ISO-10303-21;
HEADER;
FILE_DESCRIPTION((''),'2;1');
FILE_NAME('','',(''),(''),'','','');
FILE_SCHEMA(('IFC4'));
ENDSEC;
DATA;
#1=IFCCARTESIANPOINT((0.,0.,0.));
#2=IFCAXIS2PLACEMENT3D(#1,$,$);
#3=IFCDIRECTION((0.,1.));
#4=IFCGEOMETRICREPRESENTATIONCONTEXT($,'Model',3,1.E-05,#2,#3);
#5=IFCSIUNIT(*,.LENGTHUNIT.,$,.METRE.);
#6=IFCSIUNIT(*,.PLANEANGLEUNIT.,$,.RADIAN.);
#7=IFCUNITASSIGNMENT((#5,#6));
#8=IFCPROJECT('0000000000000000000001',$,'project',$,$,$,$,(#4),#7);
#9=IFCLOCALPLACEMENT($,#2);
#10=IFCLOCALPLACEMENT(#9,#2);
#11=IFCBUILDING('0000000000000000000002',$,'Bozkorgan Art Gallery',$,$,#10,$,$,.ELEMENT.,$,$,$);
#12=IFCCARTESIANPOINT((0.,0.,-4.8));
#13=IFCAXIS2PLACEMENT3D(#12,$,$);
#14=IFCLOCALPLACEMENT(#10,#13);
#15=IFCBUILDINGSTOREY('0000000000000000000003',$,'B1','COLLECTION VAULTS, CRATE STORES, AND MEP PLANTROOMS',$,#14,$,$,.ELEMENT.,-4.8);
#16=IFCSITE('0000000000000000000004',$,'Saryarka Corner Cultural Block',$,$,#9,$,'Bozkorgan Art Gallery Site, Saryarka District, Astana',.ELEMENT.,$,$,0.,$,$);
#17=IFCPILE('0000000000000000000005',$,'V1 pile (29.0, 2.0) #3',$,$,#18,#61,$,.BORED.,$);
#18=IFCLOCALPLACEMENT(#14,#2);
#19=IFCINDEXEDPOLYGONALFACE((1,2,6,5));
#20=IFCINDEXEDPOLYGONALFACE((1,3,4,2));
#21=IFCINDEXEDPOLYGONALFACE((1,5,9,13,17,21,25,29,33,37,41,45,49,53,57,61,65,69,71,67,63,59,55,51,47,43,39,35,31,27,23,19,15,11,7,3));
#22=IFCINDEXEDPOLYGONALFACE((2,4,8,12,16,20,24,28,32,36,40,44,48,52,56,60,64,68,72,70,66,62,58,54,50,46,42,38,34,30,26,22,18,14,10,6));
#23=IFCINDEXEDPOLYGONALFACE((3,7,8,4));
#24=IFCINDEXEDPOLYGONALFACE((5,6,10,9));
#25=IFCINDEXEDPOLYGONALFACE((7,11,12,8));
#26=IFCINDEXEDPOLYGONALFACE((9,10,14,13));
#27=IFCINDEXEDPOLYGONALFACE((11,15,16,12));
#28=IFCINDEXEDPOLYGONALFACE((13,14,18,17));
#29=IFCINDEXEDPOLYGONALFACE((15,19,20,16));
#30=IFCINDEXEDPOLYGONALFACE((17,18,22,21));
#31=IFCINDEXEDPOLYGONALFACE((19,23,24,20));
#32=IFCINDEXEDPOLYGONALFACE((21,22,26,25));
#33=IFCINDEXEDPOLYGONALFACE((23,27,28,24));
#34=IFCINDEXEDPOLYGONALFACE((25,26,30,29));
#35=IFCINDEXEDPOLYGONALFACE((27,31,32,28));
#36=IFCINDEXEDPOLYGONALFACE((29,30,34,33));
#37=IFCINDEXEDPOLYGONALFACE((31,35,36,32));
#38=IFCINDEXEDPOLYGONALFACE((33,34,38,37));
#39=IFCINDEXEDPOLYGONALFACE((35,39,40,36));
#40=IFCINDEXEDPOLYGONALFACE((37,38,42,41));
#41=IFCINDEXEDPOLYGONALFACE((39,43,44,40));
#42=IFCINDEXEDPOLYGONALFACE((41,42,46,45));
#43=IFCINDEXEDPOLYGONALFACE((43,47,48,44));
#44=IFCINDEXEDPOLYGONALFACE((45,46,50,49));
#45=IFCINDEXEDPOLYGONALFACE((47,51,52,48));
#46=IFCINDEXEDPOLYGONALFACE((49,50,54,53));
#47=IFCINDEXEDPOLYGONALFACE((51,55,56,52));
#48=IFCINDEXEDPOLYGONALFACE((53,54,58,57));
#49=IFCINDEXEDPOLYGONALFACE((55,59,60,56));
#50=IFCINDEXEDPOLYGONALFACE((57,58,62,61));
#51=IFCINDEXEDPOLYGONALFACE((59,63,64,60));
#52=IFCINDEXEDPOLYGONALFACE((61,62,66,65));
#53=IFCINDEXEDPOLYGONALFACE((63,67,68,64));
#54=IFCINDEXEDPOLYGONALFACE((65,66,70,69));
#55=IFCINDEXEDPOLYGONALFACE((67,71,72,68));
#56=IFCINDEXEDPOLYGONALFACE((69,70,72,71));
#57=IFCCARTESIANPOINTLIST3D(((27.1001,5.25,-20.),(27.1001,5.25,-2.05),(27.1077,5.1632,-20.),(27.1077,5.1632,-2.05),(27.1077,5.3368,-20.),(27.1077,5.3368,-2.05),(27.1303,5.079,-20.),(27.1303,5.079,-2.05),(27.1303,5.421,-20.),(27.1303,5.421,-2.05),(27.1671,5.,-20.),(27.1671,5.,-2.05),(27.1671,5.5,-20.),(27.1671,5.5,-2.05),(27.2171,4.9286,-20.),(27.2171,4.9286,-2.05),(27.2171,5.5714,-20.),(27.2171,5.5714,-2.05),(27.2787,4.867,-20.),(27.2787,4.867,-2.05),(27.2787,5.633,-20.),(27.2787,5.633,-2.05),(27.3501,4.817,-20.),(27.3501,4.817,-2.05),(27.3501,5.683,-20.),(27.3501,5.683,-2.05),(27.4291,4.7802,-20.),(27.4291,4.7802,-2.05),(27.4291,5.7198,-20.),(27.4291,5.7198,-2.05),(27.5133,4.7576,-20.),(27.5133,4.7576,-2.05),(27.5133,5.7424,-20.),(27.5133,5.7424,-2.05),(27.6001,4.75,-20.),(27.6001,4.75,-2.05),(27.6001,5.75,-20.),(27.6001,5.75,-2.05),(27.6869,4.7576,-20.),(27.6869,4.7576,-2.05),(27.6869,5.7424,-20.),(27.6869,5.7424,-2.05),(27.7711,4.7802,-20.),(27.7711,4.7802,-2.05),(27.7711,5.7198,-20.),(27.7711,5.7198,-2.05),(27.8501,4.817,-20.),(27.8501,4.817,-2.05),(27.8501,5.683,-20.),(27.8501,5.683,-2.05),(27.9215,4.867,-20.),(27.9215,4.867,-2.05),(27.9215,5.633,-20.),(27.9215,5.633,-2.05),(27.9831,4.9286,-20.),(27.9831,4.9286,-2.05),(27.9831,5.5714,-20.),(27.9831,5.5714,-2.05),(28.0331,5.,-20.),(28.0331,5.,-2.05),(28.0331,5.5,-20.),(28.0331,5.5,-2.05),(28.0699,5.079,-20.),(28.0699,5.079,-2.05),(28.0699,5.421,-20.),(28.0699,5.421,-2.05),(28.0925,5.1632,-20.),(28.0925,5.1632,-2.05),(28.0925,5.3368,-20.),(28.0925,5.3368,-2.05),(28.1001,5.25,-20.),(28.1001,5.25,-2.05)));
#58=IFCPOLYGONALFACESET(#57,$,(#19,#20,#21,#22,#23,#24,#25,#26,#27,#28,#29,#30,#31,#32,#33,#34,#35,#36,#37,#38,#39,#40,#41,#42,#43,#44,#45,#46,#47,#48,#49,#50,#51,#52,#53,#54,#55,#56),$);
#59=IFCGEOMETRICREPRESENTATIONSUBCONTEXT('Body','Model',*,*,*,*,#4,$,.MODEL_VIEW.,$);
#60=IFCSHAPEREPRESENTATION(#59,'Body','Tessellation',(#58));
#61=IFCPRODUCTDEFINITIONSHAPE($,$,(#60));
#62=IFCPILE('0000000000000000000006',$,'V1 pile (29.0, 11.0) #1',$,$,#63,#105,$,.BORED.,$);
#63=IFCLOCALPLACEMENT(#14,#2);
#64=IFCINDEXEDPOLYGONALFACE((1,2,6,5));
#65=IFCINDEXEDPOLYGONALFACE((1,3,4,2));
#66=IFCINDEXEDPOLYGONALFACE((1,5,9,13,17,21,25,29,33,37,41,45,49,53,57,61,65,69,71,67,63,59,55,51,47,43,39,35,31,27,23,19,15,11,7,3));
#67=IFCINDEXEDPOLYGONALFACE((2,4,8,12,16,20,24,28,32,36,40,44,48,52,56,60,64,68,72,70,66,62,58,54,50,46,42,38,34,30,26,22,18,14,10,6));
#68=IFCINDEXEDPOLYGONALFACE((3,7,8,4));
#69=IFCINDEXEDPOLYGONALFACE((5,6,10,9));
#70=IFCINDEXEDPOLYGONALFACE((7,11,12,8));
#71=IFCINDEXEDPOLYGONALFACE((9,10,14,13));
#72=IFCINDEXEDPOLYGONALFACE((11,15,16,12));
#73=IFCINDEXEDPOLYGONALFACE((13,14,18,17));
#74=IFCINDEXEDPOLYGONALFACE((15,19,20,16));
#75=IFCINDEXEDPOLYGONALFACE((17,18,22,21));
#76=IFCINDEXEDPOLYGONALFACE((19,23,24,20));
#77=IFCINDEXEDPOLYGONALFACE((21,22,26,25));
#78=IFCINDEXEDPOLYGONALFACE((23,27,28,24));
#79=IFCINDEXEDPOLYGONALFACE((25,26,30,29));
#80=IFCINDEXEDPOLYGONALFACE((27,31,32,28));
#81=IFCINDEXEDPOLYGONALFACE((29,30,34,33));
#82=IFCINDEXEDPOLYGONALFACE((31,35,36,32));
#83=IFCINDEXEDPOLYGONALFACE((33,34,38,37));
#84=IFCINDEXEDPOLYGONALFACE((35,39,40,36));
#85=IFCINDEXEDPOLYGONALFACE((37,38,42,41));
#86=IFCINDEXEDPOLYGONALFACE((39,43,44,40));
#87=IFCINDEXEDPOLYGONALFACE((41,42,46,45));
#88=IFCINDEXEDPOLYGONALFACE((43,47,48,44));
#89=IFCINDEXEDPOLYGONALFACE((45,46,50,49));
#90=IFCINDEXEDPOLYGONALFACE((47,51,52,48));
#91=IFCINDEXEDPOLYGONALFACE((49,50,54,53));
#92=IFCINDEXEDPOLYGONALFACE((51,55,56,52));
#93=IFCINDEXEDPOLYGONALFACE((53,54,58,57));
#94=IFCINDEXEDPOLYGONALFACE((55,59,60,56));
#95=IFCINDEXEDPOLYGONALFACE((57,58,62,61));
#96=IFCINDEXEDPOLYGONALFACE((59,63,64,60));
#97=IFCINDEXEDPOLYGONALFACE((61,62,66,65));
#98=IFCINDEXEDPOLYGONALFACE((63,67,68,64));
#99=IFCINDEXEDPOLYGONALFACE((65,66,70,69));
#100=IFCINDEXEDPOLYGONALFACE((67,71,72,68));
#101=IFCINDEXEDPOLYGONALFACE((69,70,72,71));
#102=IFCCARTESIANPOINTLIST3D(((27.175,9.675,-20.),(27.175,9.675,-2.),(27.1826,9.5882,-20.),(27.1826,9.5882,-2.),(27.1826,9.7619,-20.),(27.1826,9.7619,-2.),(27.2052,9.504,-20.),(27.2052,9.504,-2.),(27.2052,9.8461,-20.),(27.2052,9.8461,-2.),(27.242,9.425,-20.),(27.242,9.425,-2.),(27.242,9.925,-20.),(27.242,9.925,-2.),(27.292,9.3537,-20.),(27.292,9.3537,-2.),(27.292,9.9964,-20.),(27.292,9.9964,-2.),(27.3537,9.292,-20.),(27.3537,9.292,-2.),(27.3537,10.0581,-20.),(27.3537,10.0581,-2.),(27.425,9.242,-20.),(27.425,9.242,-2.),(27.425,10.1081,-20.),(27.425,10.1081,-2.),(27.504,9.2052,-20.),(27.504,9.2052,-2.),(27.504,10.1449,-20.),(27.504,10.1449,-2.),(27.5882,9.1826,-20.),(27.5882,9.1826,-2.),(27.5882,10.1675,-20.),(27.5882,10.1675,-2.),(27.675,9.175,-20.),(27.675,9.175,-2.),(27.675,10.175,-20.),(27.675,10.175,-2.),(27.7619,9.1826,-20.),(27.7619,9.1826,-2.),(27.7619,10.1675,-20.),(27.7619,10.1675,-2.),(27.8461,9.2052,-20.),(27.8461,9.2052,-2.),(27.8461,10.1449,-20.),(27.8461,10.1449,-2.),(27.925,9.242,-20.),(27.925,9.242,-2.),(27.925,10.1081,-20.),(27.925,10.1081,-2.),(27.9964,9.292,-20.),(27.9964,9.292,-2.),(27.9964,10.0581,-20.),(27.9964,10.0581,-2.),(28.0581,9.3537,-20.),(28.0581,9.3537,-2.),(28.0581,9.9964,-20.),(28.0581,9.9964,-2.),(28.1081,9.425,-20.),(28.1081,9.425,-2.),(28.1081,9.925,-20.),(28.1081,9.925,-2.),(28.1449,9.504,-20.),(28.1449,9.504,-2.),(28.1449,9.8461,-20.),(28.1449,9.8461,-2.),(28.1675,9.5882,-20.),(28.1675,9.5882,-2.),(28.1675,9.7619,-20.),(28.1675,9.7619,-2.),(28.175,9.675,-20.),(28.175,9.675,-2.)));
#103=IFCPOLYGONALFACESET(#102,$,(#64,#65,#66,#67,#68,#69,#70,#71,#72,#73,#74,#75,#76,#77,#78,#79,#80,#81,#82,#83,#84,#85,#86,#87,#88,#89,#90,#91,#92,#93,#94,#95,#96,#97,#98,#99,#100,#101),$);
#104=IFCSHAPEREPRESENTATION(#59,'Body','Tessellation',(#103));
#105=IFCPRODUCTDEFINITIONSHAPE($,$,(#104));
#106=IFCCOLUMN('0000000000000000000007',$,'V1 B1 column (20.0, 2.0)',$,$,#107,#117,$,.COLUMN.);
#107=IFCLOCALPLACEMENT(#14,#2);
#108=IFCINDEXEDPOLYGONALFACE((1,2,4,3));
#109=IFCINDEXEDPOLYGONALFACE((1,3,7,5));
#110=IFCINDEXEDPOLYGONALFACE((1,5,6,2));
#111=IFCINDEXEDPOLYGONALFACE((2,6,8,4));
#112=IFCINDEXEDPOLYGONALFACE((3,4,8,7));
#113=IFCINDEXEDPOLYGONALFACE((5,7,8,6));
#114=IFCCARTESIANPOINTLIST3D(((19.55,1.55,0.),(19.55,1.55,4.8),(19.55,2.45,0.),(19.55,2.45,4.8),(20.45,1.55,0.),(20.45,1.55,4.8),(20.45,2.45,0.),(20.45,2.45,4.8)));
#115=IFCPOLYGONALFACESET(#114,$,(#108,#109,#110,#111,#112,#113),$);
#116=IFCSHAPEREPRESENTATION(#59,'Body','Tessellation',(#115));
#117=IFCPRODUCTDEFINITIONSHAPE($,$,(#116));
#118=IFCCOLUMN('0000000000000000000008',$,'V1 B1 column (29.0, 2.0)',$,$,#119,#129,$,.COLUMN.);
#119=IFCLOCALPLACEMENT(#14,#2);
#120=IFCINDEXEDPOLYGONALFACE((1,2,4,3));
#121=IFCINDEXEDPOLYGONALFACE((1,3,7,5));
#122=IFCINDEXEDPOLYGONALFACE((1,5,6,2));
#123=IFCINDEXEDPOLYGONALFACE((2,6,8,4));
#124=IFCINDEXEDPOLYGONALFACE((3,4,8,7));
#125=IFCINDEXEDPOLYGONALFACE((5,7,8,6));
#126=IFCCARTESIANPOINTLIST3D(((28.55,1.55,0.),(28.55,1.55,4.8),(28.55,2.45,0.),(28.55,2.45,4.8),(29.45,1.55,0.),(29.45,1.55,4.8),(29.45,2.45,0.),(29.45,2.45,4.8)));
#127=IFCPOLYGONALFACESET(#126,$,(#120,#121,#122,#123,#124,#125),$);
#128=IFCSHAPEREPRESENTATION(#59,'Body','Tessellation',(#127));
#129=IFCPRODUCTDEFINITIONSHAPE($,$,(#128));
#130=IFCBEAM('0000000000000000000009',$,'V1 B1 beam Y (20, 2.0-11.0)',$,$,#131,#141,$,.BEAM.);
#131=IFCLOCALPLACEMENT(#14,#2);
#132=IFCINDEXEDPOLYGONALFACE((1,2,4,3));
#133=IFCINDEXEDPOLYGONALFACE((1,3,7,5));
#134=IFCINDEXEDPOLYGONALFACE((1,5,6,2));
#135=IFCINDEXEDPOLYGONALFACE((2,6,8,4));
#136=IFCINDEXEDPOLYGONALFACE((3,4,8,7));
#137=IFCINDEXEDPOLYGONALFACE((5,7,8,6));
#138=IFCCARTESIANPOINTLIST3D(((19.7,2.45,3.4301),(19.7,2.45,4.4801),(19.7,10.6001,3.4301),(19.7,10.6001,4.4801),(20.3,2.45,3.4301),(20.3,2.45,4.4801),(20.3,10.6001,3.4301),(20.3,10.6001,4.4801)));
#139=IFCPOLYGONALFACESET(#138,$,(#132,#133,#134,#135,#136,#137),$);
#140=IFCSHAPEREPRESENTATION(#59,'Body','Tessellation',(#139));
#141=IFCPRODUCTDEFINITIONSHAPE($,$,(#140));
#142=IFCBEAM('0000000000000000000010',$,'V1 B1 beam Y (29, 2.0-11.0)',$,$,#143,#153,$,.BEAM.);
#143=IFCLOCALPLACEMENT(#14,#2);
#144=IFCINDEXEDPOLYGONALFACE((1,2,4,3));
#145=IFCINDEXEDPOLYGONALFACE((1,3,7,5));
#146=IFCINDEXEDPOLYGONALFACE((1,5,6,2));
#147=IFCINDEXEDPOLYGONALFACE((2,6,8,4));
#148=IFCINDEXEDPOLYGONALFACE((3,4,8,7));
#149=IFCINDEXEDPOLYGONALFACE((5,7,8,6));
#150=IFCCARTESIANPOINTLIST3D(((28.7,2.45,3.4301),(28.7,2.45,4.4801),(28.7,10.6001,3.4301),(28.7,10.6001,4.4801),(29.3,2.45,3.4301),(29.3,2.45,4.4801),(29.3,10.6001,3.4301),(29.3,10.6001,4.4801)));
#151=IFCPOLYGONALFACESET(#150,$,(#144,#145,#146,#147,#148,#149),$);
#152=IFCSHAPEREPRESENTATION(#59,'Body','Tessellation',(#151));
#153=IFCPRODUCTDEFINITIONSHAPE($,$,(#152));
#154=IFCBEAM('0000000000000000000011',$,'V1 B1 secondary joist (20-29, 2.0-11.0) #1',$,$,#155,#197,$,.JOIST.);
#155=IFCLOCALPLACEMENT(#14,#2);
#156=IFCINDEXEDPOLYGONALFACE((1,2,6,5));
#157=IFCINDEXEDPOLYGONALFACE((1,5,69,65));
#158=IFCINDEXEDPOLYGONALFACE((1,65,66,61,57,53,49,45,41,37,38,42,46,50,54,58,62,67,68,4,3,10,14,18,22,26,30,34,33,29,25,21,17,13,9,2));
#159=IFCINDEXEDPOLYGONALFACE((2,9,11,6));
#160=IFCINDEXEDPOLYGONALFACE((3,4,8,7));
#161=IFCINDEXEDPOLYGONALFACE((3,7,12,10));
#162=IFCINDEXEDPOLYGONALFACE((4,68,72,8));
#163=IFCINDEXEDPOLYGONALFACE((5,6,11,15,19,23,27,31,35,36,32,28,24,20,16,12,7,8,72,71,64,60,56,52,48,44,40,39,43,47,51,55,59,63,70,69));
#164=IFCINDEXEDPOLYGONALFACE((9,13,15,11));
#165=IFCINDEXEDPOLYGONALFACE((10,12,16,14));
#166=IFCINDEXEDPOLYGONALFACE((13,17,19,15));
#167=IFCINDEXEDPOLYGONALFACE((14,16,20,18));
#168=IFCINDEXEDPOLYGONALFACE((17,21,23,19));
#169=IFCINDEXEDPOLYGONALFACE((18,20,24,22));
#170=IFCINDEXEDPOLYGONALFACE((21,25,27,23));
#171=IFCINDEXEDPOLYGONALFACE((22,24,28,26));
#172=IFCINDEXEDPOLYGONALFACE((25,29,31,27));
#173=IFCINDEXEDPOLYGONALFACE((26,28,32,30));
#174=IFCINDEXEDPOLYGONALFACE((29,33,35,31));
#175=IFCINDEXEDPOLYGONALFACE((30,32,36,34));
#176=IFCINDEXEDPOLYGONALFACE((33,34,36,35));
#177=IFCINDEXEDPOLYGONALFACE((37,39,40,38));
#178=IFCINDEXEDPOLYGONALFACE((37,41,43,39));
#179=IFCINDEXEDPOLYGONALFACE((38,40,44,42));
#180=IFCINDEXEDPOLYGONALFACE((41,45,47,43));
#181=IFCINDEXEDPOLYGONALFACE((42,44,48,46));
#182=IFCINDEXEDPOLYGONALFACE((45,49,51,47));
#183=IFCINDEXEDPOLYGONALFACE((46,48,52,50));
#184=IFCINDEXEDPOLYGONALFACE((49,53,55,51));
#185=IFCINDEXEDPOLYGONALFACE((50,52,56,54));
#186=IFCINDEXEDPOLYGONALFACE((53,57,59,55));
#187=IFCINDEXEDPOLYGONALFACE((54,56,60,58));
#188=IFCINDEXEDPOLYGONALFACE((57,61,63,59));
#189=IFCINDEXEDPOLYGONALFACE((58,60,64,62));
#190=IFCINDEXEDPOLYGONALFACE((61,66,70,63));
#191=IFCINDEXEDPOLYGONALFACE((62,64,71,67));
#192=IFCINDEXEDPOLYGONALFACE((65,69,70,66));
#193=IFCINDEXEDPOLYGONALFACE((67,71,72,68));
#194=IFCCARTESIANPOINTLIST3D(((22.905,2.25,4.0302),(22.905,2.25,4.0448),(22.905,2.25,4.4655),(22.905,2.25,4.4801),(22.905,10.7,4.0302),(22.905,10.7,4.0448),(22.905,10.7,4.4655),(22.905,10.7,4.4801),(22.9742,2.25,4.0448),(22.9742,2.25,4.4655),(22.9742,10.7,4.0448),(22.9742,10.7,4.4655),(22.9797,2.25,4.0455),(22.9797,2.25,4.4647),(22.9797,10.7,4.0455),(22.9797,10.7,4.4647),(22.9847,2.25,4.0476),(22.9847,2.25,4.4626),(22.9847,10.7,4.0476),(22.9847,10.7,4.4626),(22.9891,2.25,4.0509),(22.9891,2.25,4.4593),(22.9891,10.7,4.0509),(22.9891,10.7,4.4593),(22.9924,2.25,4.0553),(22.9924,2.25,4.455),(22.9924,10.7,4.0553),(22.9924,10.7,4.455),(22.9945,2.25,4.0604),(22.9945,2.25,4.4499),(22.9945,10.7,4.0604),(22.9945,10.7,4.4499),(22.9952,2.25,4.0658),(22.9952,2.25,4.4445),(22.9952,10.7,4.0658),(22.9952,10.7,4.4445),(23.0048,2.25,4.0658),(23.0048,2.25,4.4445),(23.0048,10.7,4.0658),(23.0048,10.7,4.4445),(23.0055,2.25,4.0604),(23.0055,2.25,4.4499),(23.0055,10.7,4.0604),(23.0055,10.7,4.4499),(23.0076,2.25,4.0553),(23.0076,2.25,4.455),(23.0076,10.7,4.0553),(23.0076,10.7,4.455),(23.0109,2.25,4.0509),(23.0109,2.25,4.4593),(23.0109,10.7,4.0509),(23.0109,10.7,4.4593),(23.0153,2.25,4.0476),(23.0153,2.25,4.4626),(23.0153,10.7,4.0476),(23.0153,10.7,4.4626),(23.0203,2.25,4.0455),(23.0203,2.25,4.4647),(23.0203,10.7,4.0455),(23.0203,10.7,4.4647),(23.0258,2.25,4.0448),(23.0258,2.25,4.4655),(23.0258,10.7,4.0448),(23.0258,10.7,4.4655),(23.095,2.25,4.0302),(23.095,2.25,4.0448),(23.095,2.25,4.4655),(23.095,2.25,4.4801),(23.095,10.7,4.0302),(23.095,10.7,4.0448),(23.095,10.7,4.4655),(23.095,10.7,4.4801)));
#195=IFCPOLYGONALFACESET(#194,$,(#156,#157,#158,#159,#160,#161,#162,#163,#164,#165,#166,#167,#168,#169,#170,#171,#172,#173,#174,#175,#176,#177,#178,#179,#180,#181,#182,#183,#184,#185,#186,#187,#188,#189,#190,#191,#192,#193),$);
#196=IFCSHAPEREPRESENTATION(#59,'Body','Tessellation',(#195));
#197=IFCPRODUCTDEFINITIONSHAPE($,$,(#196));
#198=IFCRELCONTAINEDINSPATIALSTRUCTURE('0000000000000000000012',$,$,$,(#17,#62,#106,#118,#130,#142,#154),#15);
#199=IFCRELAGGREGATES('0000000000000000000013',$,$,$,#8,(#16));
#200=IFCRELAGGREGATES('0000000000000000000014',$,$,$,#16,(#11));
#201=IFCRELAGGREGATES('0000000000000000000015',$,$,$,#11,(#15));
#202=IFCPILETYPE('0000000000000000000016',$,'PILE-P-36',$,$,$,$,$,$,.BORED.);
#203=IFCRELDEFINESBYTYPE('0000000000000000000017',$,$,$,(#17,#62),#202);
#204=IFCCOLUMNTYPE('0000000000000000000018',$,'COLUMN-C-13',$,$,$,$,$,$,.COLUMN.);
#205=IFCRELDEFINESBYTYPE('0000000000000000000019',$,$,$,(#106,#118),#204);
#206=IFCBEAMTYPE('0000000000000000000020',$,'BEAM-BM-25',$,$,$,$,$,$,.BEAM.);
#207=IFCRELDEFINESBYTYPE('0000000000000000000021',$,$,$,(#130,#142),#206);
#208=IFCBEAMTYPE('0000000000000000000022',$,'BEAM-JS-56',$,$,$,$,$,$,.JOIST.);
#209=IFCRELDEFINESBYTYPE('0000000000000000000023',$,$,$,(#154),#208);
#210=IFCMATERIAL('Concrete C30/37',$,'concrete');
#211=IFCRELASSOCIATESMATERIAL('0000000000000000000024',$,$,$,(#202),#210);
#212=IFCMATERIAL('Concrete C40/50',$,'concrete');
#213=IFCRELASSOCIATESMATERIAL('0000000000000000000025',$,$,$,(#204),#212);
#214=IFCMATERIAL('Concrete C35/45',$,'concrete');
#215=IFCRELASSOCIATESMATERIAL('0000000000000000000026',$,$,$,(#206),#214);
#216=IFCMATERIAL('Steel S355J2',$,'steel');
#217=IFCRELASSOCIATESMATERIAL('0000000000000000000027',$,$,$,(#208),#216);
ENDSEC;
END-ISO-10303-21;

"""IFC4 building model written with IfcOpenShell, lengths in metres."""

from ifc_helpers import new_model, si_unit, direction, frame, origin, origin_2d, place, context, subcontext, project, spatial, rectangle, circle, i_section, extrude, material, material_profile, profile_set, type_object, element, save


model = new_model("IFC4")

# Units and contexts
model_context = context("Model", 3, precision=1e-05, world=origin(), true_north=direction((0.0, 1.0)))
body_context = subcontext(model_context, "Body", "Model", "MODEL_VIEW")
ifc_project = project(units=[si_unit("LENGTHUNIT", "METRE"), si_unit("PLANEANGLEUNIT", "RADIAN")], contexts=[model_context])

# Site, building, storey
site_placement = place(None, origin())
site = spatial("IfcSite", under=ifc_project, at=site_placement, Name="Saryarka Corner Cultural Block", LongName="Bozkorgan Art Gallery Site, Saryarka District, Astana", CompositionType="ELEMENT", RefElevation=0.0)
building_placement = place(site_placement, origin())
building = spatial("IfcBuilding", under=site, at=building_placement, Name="Bozkorgan Art Gallery", CompositionType="ELEMENT")
storey_placement = place(building_placement, frame((0.0, 0.0, -4.8)))
storey = spatial("IfcBuildingStorey", under=building, at=storey_placement, Name="B1", Description="COLLECTION VAULTS, CRATE STORES, AND MEP PLANTROOMS", CompositionType="ELEMENT", Elevation=-4.8)

# Shared definitions
ifc_material_1 = material(Name="Concrete C30/37", Category="concrete")

# Piles
ifc_material_profile_1 = material_profile(ifc_material_1, circle(Radius=0.5, at=origin_2d()), Name="PILE D1000")
ifc_profile_set_1 = profile_set([ifc_material_profile_1], Name="Concrete C30/37")
pile_type = type_object("IfcPileType", Name="PILE-P-36", PredefinedType="BORED", material=ifc_profile_set_1)
for number, where, z_axis, x_axis, name in (
    (1, (27.6001, 5.25, -2.05), (0.0, 0.0, -1.0), (1.0, 0.0, 0.0), "V1 pile (29.0, 2.0) #3"),
):
    element("IfcPile", number, at=place(storey_placement, frame(where, z_axis=z_axis, x_axis=x_axis)), inside=storey, type_object=pile_type, Name=name, PredefinedType="BORED", context=body_context, shape_type="SweptSolid", body=[
        extrude(circle(Radius=0.5, at=origin_2d()), origin(), (0.0, 0.0, 1.0), 17.95),
    ])
pile_placement = place(storey_placement, frame((27.675, 9.675, -2.0), z_axis=(0.0, 0.0, -1.0), x_axis=(1.0, 0.0, 0.0)))
element("IfcPile", 2, at=pile_placement, inside=storey, type_object=pile_type, Name="V1 pile (29.0, 11.0) #1", PredefinedType="BORED", context=body_context, shape_type="SweptSolid", body=[
    extrude(circle(Radius=0.5, at=origin_2d()), origin(), (0.0, 0.0, 1.0), 18.0),
])

# Columns
ifc_material_2 = material(Name="Concrete C40/50", Category="concrete")
ifc_material_profile_2 = material_profile(ifc_material_2, rectangle(XDim=0.8999, YDim=0.8999, at=origin_2d()), Name="RC 900x900")
ifc_profile_set_2 = profile_set([ifc_material_profile_2], Name="Concrete C40/50")
column_type = type_object("IfcColumnType", Name="COLUMN-C-13", PredefinedType="COLUMN", material=ifc_profile_set_2)
for number, where, z_axis, x_axis, name in (
    (3, (20.0, 2.0, 0.0), (0.0, 0.0, 1.0), (1.0, 0.0, 0.0), "V1 B1 column (20.0, 2.0)"),
    (4, (29.0, 2.0, 0.0), (0.0, 0.0, 1.0), (1.0, 0.0, 0.0), "V1 B1 column (29.0, 2.0)"),
):
    element("IfcColumn", number, at=place(storey_placement, frame(where, z_axis=z_axis, x_axis=x_axis)), inside=storey, type_object=column_type, Name=name, PredefinedType="COLUMN", context=body_context, shape_type="SweptSolid", body=[
        extrude(rectangle(XDim=0.8999, YDim=0.8999, at=origin_2d()), origin(), (0.0, 0.0, 1.0), 4.8),
    ])

# Beams
ifc_material_3 = material(Name="Concrete C35/45", Category="concrete")
ifc_material_profile_3 = material_profile(ifc_material_3, rectangle(XDim=0.6001, YDim=1.05, at=origin_2d()), Name="RC 600x1050")
ifc_profile_set_3 = profile_set([ifc_material_profile_3], Name="Concrete C35/45")
beam_type_1 = type_object("IfcBeamType", Name="BEAM-BM-25", PredefinedType="BEAM", material=ifc_profile_set_3)
for number, where, z_axis, x_axis, name in (
    (5, (20.0, 2.45, 3.9551), (0.0, 1.0, 0.0), (-1.0, 0.0, 0.0), "V1 B1 beam Y (20, 2.0-11.0)"),
    (6, (29.0, 2.45, 3.9551), (0.0, 1.0, 0.0), (-1.0, 0.0, 0.0), "V1 B1 beam Y (29, 2.0-11.0)"),
):
    element("IfcBeam", number, at=place(storey_placement, frame(where, z_axis=z_axis, x_axis=x_axis)), inside=storey, type_object=beam_type_1, Name=name, PredefinedType="BEAM", context=body_context, shape_type="SweptSolid", body=[
        extrude(rectangle(XDim=0.6001, YDim=1.05, at=origin_2d()), origin(), (0.0, 0.0, 1.0), 8.1501),
    ])
ifc_material_4 = material(Name="Steel S355J2", Category="steel")
ifc_material_profile_4 = material_profile(ifc_material_4, i_section(OverallWidth=0.1899, OverallDepth=0.45, WebThickness=0.0095, FlangeThickness=0.0146, FilletRadius=0.021, at=origin_2d()), Name="IPE 450")
ifc_profile_set_4 = profile_set([ifc_material_profile_4], Name="Steel S355J2")
beam_type_2 = type_object("IfcBeamType", Name="BEAM-JS-56", PredefinedType="JOIST", material=ifc_profile_set_4)
for number, where, z_axis, x_axis, name in (
    (7, (23.0, 2.25, 4.2551), (0.0, 1.0, 0.0), (-1.0, 0.0, 0.0), "V1 B1 secondary joist (20-29, 2.0-11.0) #1"),
):
    element("IfcBeam", number, at=place(storey_placement, frame(where, z_axis=z_axis, x_axis=x_axis)), inside=storey, type_object=beam_type_2, Name=name, PredefinedType="JOIST", context=body_context, shape_type="SweptSolid", body=[
        extrude(i_section(OverallWidth=0.1899, OverallDepth=0.45, WebThickness=0.0095, FlangeThickness=0.0146, FilletRadius=0.021, at=origin_2d()), origin(), (0.0, 0.0, 1.0), 8.45),
    ])

save(model, "model.ifc")
